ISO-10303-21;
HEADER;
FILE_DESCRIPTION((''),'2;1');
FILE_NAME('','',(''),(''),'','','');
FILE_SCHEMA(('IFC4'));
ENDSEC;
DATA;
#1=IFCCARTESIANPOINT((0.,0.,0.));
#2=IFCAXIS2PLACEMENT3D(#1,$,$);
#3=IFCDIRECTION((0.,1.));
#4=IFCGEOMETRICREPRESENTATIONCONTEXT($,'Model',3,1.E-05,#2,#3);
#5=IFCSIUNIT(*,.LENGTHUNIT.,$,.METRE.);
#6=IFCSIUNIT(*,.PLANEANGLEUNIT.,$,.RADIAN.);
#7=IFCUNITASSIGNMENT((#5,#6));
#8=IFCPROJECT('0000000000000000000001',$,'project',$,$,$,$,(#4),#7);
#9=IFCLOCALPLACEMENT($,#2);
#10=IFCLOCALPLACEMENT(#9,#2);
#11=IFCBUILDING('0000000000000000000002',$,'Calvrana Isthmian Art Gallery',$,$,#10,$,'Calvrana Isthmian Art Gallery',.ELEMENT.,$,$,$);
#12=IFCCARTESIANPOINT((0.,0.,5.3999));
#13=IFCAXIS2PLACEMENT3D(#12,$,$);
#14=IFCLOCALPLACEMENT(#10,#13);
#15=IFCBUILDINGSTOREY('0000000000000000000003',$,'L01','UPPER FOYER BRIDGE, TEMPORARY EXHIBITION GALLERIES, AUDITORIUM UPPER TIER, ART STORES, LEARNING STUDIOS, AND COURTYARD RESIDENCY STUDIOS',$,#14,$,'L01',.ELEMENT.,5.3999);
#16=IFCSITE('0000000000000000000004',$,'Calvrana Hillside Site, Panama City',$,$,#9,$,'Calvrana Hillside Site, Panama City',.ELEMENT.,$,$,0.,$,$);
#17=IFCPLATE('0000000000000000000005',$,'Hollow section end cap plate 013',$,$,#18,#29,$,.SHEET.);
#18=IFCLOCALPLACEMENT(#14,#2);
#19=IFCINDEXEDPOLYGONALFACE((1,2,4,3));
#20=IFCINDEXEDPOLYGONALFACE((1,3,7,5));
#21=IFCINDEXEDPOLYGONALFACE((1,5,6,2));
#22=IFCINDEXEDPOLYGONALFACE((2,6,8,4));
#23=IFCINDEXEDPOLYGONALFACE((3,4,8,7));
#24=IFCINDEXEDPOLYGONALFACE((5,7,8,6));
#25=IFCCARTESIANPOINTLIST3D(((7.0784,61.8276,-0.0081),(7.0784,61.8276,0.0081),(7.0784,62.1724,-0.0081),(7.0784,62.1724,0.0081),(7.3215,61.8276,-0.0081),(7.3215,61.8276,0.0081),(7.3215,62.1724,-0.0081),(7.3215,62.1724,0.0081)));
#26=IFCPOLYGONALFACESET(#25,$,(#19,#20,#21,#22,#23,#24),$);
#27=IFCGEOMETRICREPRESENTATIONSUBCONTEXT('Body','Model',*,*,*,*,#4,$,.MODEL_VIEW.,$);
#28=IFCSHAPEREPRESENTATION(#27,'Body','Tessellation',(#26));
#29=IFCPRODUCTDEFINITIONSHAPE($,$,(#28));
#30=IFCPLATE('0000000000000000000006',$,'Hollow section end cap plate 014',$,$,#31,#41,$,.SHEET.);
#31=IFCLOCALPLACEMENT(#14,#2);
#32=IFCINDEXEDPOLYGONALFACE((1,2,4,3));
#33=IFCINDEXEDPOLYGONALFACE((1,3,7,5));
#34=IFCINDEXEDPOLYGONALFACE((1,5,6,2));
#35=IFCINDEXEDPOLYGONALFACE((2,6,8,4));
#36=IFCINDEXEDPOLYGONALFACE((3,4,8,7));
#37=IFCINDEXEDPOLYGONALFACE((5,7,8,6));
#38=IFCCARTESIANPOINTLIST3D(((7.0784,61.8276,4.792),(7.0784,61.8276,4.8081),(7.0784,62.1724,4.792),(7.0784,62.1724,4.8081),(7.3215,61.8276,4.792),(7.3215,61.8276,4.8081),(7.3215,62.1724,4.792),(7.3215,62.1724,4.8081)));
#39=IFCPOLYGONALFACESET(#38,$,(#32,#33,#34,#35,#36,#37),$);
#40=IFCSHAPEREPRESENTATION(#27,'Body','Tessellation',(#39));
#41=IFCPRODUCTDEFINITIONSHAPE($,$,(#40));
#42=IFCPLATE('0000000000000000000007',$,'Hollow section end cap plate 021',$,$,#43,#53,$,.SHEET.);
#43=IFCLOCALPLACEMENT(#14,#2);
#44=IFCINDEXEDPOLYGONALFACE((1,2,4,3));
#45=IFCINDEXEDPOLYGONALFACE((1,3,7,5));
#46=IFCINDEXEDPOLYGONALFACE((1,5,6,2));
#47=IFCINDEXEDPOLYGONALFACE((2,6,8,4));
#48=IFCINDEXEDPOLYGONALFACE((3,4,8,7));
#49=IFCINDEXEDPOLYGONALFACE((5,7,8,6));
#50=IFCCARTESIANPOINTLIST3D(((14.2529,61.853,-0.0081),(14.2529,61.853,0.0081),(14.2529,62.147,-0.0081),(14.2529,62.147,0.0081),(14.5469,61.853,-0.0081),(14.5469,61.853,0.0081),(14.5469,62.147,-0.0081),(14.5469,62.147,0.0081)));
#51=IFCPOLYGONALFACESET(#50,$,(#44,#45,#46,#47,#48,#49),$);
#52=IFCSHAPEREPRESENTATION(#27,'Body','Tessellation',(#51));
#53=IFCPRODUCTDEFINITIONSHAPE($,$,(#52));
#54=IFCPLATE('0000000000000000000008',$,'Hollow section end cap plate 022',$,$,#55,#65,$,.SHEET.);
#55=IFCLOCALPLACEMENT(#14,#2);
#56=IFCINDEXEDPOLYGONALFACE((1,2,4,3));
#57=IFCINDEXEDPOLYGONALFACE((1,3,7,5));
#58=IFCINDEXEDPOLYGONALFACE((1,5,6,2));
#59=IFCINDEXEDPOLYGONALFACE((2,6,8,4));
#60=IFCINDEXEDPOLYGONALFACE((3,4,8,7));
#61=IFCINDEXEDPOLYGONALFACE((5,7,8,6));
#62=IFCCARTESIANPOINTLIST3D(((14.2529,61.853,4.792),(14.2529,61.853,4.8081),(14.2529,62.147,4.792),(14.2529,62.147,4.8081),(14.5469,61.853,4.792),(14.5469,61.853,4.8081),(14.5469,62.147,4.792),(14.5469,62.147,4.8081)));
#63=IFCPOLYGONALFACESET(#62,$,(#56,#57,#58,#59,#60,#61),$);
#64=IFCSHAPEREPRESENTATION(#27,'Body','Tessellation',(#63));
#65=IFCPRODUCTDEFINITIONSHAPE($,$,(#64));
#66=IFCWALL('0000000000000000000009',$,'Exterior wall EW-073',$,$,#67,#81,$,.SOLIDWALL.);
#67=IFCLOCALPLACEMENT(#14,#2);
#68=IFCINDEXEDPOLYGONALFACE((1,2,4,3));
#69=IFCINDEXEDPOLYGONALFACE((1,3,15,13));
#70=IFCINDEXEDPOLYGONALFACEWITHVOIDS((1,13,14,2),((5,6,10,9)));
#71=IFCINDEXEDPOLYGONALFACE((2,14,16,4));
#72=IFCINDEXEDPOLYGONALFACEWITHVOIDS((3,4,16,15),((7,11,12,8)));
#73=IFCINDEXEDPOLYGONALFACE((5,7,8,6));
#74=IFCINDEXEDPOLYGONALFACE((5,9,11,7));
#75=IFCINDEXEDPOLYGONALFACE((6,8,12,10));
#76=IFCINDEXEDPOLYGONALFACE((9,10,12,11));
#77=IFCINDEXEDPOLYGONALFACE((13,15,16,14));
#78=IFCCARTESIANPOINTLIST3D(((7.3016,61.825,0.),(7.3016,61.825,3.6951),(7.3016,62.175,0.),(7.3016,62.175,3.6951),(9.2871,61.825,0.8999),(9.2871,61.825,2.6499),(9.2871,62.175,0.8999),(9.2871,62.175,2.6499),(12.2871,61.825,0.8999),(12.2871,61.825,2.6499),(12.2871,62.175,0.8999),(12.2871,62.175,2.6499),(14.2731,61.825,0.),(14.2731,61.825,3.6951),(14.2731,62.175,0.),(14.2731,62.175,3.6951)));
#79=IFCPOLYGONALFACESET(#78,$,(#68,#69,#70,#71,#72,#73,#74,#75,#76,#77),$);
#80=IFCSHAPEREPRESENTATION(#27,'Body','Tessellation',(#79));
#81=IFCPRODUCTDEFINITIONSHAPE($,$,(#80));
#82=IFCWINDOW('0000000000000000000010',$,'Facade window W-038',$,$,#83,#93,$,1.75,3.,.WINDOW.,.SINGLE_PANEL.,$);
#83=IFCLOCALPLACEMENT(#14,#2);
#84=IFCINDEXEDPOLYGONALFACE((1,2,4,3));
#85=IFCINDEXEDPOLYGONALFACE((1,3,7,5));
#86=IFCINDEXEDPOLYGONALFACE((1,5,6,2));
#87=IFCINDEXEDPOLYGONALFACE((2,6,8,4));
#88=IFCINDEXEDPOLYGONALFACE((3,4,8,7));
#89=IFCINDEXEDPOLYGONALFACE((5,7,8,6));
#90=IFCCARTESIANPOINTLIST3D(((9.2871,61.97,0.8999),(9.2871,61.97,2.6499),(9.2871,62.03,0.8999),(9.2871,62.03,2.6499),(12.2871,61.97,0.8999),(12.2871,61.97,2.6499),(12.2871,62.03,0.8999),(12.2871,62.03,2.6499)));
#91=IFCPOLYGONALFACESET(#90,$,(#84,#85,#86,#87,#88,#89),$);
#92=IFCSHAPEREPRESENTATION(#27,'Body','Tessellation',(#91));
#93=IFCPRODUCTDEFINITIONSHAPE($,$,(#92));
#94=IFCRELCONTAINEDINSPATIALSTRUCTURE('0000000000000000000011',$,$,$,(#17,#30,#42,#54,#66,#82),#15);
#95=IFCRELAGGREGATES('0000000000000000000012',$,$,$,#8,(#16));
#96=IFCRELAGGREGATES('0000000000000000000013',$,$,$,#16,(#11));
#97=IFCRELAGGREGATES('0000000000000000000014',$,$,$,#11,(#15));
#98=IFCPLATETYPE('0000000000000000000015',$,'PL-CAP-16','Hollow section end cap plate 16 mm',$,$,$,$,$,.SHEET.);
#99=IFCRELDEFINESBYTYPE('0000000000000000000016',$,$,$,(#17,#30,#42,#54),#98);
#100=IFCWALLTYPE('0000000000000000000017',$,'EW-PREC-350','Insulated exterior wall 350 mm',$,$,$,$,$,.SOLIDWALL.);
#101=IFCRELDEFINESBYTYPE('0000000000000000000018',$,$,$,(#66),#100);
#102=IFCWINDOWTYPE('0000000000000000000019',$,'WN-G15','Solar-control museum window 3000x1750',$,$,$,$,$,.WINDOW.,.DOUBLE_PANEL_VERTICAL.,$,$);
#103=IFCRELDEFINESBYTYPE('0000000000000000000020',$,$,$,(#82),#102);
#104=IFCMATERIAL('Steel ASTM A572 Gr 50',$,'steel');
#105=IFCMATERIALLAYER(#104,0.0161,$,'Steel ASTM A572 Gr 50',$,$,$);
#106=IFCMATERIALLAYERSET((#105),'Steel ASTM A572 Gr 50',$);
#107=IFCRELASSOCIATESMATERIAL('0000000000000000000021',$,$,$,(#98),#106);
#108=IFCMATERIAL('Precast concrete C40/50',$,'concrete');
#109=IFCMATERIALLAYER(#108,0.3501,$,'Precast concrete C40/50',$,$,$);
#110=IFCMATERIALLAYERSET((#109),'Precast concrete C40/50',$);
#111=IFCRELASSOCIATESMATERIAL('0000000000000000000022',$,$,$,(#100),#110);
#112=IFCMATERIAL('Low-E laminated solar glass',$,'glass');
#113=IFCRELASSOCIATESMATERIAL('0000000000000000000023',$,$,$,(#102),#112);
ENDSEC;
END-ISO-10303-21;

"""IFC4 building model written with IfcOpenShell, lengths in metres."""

from ifc_helpers import new_model, si_unit, direction, frame, frame_2d, origin, origin_2d, place, context, subcontext, project, spatial, rectangle, extrude, material, layer, layer_set, type_object, element, fill, save


model = new_model("IFC4")

# Units and contexts
model_context = context("Model", 3, precision=1e-05, world=origin(), true_north=direction((0.0, 1.0)))
body_context = subcontext(model_context, "Body", "Model", "MODEL_VIEW")
ifc_project = project(units=[si_unit("LENGTHUNIT", "METRE"), si_unit("PLANEANGLEUNIT", "RADIAN")], contexts=[model_context])

# Site, building, storey
site_placement = place(None, origin())
site = spatial("IfcSite", under=ifc_project, at=site_placement, Name="Calvrana Hillside Site, Panama City", LongName="Calvrana Hillside Site, Panama City", CompositionType="ELEMENT", RefElevation=0.0)
building_placement = place(site_placement, origin())
building = spatial("IfcBuilding", under=site, at=building_placement, Name="Calvrana Isthmian Art Gallery", LongName="Calvrana Isthmian Art Gallery", CompositionType="ELEMENT")
storey_placement = place(building_placement, frame((0.0, 0.0, 5.3999)))
storey = spatial("IfcBuildingStorey", under=building, at=storey_placement, Name="L01", Description="UPPER FOYER BRIDGE, TEMPORARY EXHIBITION GALLERIES, AUDITORIUM UPPER TIER, ART STORES, LEARNING STUDIOS, AND COURTYARD RESIDENCY STUDIOS", LongName="L01", CompositionType="ELEMENT", Elevation=5.3999)

# Shared definitions
ifc_material_1 = material(Name="Low-E laminated solar glass", Category="glass")

# Plates
ifc_material_2 = material(Name="Steel ASTM A572 Gr 50", Category="steel")
ifc_layer_1 = layer(ifc_material_2, 0.0161, Name="Steel ASTM A572 Gr 50")
ifc_layer_set_1 = layer_set([ifc_layer_1], Name="Steel ASTM A572 Gr 50")
plate_type_1 = type_object("IfcPlateType", Name="PL-CAP-16", Description="Hollow section end cap plate 16 mm", PredefinedType="SHEET", material=ifc_layer_set_1)
for number, where, z_axis, x_axis, name in (
    (1, (7.2, 62.0, -0.0081), (0.0, 0.0, 1.0), (1.0, 0.0, 0.0), "Hollow section end cap plate 013"),
    (2, (7.2, 62.0, 4.792), (0.0, 0.0, 1.0), (1.0, 0.0, 0.0), "Hollow section end cap plate 014"),
):
    element("IfcPlate", number, at=place(storey_placement, frame(where, z_axis=z_axis, x_axis=x_axis)), inside=storey, type_object=plate_type_1, Name=name, PredefinedType="SHEET", context=body_context, shape_type="SweptSolid", body=[
        extrude(rectangle(XDim=0.2432, YDim=0.3447, at=origin_2d()), origin(), (0.0, 0.0, 1.0), 0.0161),
    ])
for number, where, z_axis, x_axis, name in (
    (3, (14.3999, 62.0, -0.0081), (0.0, 0.0, 1.0), (1.0, 0.0, 0.0), "Hollow section end cap plate 021"),
    (4, (14.3999, 62.0, 4.792), (0.0, 0.0, 1.0), (1.0, 0.0, 0.0), "Hollow section end cap plate 022"),
):
    element("IfcPlate", number, at=place(storey_placement, frame(where, z_axis=z_axis, x_axis=x_axis)), inside=storey, type_object=plate_type_1, Name=name, PredefinedType="SHEET", context=body_context, shape_type="SweptSolid", body=[
        extrude(rectangle(XDim=0.2939, YDim=0.2939, at=origin_2d()), origin(), (0.0, 0.0, 1.0), 0.0161),
    ])

# Wall, opening, window
ifc_material_3 = material(Name="Precast concrete C40/50", Category="concrete")
ifc_layer_2 = layer(ifc_material_3, 0.3501, Name="Precast concrete C40/50")
ifc_layer_set_2 = layer_set([ifc_layer_2], Name="Precast concrete C40/50")
wall_type = type_object("IfcWallType", Name="EW-PREC-350", Description="Insulated exterior wall 350 mm", PredefinedType="SOLIDWALL", material=ifc_layer_set_2)
wall_placement = place(storey_placement, frame((7.3015, 62.0, 0.0), z_axis=(0.0, 0.0, 1.0), x_axis=(1.0, 0.0, 0.0)))
wall = element("IfcWall", 5, at=wall_placement, inside=storey, type_object=wall_type, Name="Exterior wall EW-073", PredefinedType="SOLIDWALL", context=body_context, shape_type="SweptSolid", body=[
    extrude(rectangle(XDim=6.9714, YDim=0.3501, at=frame_2d((3.4858, 0.0))), origin(), (0.0, 0.0, 1.0), 3.6951),
])
opening_placement = place(wall_placement, frame((1.9856, 0.0, 0.8999)))
opening = element("IfcOpeningElement", 6, at=opening_placement, cuts=wall, PredefinedType="OPENING", context=body_context, shape_type="SweptSolid", body=[
    extrude(rectangle(XDim=3.0, YDim=1.75, at=frame_2d((1.5, 0.875))), frame((0.0, 0.1853, 0.0), z_axis=(0.0, -1.0, 0.0), x_axis=(1.0, 0.0, 0.0)), (0.0, 0.0, 1.0), 0.3706),
])
window_type = type_object("IfcWindowType", Name="WN-G15", Description="Solar-control museum window 3000x1750", PartitioningType="DOUBLE_PANEL_VERTICAL", PredefinedType="WINDOW", material=ifc_material_1)
window_placement = place(opening_placement, origin())
window = element("IfcWindow", 7, at=window_placement, inside=storey, type_object=window_type, Name="Facade window W-038", OverallHeight=1.75, OverallWidth=3.0, PartitioningType="SINGLE_PANEL", PredefinedType="WINDOW", context=body_context, shape_type="SweptSolid", body=[
    extrude(rectangle(XDim=3.0, YDim=1.75, at=frame_2d((1.5, 0.875))), frame((0.0, 0.03, 0.0), z_axis=(0.0, -1.0, 0.0), x_axis=(1.0, 0.0, 0.0)), (0.0, 0.0, 1.0), 0.0601),
])
fill(opening, window)

save(model, "model.ifc")
